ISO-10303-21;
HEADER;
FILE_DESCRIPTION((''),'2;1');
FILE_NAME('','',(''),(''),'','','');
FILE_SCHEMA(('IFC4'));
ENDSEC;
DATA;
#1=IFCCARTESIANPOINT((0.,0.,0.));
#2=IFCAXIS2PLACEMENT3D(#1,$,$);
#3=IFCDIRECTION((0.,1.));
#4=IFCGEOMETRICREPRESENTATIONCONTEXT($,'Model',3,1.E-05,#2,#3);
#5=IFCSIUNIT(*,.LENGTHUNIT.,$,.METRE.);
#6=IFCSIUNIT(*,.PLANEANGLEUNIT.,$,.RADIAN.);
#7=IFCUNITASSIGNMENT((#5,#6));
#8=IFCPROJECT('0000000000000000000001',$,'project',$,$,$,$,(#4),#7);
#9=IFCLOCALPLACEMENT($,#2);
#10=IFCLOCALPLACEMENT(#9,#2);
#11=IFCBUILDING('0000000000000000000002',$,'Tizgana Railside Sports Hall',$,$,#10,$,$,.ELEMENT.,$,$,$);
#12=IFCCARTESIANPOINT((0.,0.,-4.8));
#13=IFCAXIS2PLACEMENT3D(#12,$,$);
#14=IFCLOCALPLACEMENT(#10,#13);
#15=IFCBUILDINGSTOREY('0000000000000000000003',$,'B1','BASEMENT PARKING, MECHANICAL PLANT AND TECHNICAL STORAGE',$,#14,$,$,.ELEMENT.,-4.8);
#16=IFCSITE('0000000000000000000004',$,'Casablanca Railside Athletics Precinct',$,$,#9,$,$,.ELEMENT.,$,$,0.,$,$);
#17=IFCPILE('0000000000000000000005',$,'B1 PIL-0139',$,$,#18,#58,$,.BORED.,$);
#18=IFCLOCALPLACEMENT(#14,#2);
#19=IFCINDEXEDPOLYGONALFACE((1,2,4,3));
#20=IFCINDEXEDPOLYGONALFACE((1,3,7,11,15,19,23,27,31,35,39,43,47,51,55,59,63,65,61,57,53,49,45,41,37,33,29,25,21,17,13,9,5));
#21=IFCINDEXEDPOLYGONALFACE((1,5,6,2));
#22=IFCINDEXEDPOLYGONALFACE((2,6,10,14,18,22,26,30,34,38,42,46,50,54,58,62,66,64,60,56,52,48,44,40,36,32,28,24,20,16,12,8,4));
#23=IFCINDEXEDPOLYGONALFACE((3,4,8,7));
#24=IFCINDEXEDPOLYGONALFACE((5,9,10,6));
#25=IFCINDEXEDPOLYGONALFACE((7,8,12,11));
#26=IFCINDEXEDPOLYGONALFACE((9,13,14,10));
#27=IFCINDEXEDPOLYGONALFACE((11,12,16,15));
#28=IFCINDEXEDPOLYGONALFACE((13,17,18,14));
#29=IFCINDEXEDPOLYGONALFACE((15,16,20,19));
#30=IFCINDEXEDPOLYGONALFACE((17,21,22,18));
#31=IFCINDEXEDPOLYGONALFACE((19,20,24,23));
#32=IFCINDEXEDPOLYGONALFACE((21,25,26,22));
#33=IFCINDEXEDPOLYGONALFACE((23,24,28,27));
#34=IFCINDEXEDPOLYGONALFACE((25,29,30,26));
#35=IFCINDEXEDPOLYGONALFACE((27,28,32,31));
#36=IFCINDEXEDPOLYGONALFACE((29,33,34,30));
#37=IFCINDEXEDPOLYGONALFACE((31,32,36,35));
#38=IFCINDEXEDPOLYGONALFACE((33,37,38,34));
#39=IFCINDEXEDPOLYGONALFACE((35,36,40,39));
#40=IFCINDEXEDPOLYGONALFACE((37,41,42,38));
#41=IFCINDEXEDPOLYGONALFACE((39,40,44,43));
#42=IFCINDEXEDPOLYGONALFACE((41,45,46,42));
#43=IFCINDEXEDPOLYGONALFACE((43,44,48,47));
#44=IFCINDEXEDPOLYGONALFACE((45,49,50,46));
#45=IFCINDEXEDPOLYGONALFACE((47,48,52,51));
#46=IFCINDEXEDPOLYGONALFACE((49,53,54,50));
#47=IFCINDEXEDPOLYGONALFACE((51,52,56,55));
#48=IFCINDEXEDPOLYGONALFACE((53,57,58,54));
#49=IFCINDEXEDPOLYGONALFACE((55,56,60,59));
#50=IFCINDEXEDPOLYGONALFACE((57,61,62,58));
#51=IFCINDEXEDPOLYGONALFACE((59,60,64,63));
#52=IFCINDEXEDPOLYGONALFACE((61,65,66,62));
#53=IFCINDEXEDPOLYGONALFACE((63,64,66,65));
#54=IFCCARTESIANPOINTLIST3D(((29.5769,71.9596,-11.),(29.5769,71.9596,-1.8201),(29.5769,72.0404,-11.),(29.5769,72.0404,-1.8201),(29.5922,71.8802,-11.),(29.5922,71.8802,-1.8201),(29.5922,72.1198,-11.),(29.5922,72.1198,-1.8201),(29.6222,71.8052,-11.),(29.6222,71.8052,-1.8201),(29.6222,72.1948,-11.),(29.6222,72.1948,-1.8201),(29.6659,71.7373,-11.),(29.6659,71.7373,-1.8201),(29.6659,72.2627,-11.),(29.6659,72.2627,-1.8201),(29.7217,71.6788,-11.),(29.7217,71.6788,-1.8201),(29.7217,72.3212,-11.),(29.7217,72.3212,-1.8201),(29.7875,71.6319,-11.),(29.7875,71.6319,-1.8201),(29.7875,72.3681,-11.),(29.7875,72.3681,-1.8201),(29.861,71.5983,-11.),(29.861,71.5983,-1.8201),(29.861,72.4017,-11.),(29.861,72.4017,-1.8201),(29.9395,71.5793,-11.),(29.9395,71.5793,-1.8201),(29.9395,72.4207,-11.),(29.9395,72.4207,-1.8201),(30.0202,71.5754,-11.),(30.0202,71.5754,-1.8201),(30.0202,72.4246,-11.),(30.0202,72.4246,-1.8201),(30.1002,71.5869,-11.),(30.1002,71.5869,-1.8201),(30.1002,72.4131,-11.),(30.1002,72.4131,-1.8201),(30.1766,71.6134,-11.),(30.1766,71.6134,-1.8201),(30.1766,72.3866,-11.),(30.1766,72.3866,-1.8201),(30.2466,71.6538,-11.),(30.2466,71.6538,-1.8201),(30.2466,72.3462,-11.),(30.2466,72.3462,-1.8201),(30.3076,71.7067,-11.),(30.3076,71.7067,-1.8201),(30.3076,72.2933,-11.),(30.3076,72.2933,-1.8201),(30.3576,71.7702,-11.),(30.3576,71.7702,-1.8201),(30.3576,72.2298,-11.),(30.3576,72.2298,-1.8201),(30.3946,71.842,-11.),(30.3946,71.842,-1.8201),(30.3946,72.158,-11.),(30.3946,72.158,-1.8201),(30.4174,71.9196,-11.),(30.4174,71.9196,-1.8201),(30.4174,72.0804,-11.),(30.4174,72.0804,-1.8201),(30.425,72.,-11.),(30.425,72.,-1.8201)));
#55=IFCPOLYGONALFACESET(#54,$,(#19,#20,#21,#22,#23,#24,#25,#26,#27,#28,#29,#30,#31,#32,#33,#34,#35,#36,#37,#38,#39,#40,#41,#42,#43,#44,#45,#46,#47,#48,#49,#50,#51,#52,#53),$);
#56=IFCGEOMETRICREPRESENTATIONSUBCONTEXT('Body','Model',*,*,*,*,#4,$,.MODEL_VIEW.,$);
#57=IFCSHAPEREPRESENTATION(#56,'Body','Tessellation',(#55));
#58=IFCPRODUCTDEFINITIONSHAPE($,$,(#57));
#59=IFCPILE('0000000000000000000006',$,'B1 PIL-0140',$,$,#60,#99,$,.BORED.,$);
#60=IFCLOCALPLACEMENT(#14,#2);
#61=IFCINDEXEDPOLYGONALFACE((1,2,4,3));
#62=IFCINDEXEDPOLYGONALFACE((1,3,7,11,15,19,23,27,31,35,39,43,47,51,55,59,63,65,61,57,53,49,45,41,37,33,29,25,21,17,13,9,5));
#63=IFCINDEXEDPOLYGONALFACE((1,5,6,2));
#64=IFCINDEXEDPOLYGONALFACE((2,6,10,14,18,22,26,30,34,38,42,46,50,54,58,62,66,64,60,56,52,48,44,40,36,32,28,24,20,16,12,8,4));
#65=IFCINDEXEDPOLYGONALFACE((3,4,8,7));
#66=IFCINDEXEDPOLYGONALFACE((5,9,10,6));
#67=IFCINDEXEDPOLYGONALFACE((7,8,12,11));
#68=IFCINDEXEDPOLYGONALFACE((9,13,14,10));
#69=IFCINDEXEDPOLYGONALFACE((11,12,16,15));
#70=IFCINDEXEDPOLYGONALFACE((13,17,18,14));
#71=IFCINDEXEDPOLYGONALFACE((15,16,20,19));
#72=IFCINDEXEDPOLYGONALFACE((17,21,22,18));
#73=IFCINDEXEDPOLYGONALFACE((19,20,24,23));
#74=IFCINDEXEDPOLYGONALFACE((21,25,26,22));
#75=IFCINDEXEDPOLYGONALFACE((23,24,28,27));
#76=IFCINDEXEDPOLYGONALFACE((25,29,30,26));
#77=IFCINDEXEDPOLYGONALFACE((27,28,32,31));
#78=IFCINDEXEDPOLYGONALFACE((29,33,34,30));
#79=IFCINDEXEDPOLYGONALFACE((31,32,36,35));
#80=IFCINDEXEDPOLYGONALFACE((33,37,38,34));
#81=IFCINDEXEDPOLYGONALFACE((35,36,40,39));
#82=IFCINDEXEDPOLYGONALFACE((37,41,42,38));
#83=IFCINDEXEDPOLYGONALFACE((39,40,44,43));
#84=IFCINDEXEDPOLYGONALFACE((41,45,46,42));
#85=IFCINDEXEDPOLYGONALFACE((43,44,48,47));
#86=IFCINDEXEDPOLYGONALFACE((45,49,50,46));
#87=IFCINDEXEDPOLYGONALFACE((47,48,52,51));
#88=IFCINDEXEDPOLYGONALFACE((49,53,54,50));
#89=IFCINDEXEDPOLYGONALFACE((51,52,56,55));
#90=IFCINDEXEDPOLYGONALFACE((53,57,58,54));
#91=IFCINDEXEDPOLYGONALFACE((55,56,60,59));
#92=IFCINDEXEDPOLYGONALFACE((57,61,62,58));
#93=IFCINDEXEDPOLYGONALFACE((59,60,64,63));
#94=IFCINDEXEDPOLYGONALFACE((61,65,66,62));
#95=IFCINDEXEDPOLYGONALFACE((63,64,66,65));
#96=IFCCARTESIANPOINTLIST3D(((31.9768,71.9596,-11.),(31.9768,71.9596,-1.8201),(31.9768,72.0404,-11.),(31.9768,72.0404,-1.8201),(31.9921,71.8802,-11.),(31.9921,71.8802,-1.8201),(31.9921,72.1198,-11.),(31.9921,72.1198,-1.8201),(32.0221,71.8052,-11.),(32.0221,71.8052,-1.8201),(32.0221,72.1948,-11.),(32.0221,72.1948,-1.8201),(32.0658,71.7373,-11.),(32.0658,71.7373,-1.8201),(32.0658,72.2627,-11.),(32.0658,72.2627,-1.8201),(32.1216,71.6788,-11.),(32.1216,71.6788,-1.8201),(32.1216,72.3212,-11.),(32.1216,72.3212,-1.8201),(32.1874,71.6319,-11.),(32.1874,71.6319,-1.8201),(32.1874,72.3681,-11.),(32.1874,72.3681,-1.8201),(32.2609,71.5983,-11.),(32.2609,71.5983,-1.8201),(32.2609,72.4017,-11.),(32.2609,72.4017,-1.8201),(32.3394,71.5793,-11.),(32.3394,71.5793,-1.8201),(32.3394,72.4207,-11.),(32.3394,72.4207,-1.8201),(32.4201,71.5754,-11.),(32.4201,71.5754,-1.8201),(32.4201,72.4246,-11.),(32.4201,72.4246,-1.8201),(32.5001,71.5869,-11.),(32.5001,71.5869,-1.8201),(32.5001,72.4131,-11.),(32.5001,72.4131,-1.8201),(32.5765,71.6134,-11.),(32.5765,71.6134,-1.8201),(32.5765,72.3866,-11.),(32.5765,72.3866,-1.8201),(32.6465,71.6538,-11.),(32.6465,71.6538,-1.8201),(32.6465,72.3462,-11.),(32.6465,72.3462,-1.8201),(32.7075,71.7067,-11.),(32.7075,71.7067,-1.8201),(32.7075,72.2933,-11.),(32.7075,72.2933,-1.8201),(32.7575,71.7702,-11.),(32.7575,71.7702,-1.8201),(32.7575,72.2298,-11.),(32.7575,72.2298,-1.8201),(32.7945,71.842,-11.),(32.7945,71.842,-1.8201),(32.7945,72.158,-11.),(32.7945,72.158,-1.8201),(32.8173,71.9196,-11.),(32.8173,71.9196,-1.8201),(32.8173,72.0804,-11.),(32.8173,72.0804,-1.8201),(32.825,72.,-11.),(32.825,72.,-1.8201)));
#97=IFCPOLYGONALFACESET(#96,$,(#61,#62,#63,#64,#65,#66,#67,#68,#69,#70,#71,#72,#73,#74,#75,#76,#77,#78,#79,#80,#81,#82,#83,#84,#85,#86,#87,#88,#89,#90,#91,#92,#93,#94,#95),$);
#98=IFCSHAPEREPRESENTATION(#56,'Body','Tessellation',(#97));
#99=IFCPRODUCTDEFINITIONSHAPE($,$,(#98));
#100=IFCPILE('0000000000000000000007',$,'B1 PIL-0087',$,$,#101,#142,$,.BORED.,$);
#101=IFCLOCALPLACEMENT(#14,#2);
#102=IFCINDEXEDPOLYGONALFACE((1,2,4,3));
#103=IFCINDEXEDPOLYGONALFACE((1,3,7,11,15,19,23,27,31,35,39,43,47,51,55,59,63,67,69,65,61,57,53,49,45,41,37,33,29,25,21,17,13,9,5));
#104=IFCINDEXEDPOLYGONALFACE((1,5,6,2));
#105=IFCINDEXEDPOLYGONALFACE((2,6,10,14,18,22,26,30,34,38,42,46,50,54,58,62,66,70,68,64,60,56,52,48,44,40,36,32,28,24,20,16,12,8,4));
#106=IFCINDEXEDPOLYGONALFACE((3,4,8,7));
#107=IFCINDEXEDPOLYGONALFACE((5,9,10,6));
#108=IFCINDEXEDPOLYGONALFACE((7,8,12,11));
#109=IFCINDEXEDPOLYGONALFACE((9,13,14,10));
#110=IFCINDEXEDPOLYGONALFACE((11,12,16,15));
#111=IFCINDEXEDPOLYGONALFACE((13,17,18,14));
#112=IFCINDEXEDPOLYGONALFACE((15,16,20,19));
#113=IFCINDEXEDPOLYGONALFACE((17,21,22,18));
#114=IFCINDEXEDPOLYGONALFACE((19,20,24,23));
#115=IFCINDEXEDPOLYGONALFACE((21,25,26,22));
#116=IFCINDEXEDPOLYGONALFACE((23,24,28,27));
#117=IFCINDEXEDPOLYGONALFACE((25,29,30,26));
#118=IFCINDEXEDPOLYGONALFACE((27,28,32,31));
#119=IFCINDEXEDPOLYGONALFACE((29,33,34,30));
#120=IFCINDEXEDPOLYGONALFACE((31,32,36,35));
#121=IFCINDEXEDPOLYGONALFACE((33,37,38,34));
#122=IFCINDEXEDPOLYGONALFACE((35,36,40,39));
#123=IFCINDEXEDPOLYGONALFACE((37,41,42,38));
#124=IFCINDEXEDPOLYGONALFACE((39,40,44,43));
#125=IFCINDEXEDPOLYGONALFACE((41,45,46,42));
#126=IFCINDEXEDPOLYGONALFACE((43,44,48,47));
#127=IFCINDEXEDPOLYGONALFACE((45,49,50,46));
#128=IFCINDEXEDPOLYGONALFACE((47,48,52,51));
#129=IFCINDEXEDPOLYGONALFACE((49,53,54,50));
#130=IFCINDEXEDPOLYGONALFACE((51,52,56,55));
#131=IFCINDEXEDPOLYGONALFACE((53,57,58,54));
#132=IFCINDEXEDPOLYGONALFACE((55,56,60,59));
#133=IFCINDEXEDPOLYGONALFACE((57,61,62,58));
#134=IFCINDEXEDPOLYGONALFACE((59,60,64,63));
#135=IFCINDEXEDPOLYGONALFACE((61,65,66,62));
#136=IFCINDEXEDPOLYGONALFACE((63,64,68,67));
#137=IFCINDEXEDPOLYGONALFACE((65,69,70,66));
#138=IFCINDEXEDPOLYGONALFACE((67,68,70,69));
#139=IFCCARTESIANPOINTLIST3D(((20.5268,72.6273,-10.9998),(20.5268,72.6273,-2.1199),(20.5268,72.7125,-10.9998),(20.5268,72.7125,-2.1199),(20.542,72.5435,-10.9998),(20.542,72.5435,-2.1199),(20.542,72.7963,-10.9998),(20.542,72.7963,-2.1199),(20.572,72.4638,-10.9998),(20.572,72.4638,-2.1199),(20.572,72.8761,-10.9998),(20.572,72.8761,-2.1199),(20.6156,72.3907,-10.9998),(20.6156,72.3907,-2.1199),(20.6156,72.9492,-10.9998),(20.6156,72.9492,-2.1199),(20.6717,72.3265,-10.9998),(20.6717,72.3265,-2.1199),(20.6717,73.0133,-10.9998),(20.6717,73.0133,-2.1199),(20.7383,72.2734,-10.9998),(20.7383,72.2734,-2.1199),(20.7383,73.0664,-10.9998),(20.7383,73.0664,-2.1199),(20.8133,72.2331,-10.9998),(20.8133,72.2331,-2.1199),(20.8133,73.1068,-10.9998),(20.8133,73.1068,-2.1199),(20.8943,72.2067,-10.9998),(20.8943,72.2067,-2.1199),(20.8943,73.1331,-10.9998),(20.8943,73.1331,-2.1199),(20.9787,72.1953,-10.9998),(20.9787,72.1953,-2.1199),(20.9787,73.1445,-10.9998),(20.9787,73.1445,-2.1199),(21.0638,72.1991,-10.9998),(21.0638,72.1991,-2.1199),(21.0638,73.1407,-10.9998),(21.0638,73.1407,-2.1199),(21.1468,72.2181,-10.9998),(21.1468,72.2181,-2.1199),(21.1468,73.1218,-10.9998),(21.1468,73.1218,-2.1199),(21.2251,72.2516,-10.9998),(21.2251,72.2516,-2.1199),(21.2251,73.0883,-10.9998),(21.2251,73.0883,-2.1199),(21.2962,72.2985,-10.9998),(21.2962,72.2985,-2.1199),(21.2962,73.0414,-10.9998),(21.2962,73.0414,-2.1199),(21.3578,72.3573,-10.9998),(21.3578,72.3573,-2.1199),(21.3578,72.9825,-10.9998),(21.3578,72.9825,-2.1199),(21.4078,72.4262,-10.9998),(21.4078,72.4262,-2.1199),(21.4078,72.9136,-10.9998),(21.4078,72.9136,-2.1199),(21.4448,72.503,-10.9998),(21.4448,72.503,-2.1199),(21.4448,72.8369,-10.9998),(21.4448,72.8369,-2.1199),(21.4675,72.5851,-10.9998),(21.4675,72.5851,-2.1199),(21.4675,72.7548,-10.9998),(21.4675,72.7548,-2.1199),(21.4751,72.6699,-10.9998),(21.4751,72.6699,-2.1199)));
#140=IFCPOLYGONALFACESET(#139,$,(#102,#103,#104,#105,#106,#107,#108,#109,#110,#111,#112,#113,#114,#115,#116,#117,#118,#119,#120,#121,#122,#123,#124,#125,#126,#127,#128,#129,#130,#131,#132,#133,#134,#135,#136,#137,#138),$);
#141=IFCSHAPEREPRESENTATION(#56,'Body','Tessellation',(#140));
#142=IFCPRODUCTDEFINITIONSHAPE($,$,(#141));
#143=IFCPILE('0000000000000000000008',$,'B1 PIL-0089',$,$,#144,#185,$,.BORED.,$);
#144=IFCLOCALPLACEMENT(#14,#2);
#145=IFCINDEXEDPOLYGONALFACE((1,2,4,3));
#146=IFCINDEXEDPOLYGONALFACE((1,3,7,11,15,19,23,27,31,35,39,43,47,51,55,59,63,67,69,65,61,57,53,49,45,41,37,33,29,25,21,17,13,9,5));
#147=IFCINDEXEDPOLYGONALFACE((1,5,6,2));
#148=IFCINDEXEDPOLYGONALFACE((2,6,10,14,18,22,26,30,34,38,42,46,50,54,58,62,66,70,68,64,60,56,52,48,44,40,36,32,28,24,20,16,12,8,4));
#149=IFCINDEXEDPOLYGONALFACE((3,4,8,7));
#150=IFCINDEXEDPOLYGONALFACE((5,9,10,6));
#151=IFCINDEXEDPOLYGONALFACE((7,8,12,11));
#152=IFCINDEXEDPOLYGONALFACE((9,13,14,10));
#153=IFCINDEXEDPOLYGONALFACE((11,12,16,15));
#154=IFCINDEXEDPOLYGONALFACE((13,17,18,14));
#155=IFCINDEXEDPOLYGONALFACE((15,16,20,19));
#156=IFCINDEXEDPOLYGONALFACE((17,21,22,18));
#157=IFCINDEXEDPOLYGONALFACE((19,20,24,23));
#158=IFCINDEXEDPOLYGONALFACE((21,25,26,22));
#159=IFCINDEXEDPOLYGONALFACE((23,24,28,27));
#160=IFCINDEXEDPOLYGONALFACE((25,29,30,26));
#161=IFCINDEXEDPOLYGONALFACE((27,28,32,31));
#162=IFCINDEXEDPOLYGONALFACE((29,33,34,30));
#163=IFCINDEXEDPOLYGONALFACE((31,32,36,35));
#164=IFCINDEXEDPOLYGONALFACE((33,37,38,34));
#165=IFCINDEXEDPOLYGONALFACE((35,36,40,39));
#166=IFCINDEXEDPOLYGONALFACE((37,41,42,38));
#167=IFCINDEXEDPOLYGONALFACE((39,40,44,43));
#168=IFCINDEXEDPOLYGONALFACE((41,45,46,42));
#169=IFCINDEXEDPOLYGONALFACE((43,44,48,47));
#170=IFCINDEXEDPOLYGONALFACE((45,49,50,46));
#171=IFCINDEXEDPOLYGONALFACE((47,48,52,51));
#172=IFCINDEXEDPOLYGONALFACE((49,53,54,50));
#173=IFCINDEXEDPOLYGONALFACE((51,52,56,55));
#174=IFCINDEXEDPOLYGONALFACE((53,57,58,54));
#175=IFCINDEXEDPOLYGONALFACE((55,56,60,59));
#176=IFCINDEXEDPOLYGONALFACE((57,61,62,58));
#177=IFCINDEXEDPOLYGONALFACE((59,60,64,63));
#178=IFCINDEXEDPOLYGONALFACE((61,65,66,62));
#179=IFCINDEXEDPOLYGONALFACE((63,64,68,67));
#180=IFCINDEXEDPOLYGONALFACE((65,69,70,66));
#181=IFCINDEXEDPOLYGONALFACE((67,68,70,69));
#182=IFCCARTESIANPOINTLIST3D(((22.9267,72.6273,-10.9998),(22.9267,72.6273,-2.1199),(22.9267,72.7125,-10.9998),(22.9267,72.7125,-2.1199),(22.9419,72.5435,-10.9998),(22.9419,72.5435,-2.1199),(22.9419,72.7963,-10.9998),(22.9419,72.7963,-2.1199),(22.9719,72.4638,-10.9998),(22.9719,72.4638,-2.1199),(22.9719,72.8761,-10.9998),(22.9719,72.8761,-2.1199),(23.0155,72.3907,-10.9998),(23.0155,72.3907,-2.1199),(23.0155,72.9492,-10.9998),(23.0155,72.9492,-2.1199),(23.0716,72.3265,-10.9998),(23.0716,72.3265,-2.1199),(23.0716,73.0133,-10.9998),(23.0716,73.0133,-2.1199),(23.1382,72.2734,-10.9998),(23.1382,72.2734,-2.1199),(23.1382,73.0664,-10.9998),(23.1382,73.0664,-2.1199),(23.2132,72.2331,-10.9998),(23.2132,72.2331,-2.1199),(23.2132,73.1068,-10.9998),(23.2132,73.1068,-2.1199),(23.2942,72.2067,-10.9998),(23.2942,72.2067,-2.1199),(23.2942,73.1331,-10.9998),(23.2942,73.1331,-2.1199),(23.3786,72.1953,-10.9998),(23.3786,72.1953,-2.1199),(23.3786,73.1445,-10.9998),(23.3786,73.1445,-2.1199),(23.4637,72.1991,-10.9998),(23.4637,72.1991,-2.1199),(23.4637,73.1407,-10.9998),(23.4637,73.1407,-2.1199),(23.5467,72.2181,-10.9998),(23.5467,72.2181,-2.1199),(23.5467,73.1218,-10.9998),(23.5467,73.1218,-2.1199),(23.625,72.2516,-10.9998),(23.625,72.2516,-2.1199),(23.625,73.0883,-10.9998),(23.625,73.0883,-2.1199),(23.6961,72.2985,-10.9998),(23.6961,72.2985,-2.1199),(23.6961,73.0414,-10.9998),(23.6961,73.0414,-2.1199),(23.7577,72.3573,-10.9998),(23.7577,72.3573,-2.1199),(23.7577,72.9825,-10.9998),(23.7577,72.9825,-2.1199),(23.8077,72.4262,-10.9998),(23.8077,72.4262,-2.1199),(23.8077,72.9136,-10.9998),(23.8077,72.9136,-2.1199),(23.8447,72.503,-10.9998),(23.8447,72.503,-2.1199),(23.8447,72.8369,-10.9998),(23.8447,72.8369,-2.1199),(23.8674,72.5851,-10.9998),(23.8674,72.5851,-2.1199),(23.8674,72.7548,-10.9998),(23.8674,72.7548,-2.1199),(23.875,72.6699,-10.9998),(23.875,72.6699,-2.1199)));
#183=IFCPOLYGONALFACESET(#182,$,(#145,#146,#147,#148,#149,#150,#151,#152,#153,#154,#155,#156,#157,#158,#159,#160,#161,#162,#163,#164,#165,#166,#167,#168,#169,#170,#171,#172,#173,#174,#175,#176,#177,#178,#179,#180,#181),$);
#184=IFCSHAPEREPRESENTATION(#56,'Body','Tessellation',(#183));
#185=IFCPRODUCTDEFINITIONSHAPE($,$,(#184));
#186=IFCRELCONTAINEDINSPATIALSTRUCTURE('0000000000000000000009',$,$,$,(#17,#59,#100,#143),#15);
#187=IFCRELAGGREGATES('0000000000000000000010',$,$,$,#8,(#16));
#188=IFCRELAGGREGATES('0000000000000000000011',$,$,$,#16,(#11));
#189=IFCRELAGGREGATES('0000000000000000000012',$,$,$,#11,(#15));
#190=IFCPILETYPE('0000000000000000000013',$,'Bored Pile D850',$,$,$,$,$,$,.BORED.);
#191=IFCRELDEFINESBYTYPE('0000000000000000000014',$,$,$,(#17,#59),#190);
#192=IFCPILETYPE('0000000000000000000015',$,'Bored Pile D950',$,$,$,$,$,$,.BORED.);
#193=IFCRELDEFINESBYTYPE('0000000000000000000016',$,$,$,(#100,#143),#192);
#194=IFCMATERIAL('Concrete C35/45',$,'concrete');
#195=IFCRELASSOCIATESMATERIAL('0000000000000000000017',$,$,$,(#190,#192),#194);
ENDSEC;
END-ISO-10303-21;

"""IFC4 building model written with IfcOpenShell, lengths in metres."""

from ifc_helpers import new_model, si_unit, direction, frame, origin, origin_2d, place, context, subcontext, project, spatial, circle, extrude, material, material_profile, profile_set, type_object, element, save


model = new_model("IFC4")

# Units and contexts
model_context = context("Model", 3, precision=1e-05, world=origin(), true_north=direction((0.0, 1.0)))
body_context = subcontext(model_context, "Body", "Model", "MODEL_VIEW")
ifc_project = project(units=[si_unit("LENGTHUNIT", "METRE"), si_unit("PLANEANGLEUNIT", "RADIAN")], contexts=[model_context])

# Site, building, storey
site_placement = place(None, origin())
site = spatial("IfcSite", under=ifc_project, at=site_placement, Name="Casablanca Railside Athletics Precinct", CompositionType="ELEMENT", RefElevation=0.0)
building_placement = place(site_placement, origin())
building = spatial("IfcBuilding", under=site, at=building_placement, Name="Tizgana Railside Sports Hall", CompositionType="ELEMENT")
storey_placement = place(building_placement, frame((0.0, 0.0, -4.8)))
storey = spatial("IfcBuildingStorey", under=building, at=storey_placement, Name="B1", Description="BASEMENT PARKING, MECHANICAL PLANT AND TECHNICAL STORAGE", CompositionType="ELEMENT", Elevation=-4.8)

# Piles
ifc_material_1 = material(Name="Concrete C35/45", Category="concrete")
ifc_material_profile_1 = material_profile(ifc_material_1, circle(Radius=0.425, at=origin_2d()), Name="PILE D850")
ifc_profile_set_1 = profile_set([ifc_material_profile_1], Name="Concrete C35/45")
pile_type_1 = type_object("IfcPileType", Name="Bored Pile D850", PredefinedType="BORED", material=ifc_profile_set_1)
for number, where, z_axis, x_axis, name in (
    (1, (30.0, 72.0, -1.8201), (0.0, 0.0, -1.0), (1.0, 0.0, 0.0), "B1 PIL-0139"),
    (2, (32.3999, 72.0, -1.8201), (0.0, 0.0, -1.0), (1.0, 0.0, 0.0), "B1 PIL-0140"),
):
    element("IfcPile", number, at=place(storey_placement, frame(where, z_axis=z_axis, x_axis=x_axis)), inside=storey, type_object=pile_type_1, Name=name, PredefinedType="BORED", context=body_context, shape_type="SweptSolid", body=[
        extrude(circle(Radius=0.425, at=origin_2d()), origin(), (0.0, 0.0, 1.0), 9.1799),
    ])
ifc_material_profile_2 = material_profile(ifc_material_1, circle(Radius=0.4751, at=origin_2d()), Name="PILE D950")
ifc_profile_set_2 = profile_set([ifc_material_profile_2], Name="Concrete C35/45")
pile_type_2 = type_object("IfcPileType", Name="Bored Pile D950", PredefinedType="BORED", material=ifc_profile_set_2)
for number, where, z_axis, x_axis, name in (
    (3, (21.0, 72.6699, -2.1199), (0.0, 0.0, -1.0), (1.0, 0.0, 0.0), "B1 PIL-0087"),
    (4, (23.3999, 72.6699, -2.1199), (0.0, 0.0, -1.0), (1.0, 0.0, 0.0), "B1 PIL-0089"),
):
    element("IfcPile", number, at=place(storey_placement, frame(where, z_axis=z_axis, x_axis=x_axis)), inside=storey, type_object=pile_type_2, Name=name, PredefinedType="BORED", context=body_context, shape_type="SweptSolid", body=[
        extrude(circle(Radius=0.4751, at=origin_2d()), origin(), (0.0, 0.0, 1.0), 8.8799),
    ])

save(model, "model.ifc")
